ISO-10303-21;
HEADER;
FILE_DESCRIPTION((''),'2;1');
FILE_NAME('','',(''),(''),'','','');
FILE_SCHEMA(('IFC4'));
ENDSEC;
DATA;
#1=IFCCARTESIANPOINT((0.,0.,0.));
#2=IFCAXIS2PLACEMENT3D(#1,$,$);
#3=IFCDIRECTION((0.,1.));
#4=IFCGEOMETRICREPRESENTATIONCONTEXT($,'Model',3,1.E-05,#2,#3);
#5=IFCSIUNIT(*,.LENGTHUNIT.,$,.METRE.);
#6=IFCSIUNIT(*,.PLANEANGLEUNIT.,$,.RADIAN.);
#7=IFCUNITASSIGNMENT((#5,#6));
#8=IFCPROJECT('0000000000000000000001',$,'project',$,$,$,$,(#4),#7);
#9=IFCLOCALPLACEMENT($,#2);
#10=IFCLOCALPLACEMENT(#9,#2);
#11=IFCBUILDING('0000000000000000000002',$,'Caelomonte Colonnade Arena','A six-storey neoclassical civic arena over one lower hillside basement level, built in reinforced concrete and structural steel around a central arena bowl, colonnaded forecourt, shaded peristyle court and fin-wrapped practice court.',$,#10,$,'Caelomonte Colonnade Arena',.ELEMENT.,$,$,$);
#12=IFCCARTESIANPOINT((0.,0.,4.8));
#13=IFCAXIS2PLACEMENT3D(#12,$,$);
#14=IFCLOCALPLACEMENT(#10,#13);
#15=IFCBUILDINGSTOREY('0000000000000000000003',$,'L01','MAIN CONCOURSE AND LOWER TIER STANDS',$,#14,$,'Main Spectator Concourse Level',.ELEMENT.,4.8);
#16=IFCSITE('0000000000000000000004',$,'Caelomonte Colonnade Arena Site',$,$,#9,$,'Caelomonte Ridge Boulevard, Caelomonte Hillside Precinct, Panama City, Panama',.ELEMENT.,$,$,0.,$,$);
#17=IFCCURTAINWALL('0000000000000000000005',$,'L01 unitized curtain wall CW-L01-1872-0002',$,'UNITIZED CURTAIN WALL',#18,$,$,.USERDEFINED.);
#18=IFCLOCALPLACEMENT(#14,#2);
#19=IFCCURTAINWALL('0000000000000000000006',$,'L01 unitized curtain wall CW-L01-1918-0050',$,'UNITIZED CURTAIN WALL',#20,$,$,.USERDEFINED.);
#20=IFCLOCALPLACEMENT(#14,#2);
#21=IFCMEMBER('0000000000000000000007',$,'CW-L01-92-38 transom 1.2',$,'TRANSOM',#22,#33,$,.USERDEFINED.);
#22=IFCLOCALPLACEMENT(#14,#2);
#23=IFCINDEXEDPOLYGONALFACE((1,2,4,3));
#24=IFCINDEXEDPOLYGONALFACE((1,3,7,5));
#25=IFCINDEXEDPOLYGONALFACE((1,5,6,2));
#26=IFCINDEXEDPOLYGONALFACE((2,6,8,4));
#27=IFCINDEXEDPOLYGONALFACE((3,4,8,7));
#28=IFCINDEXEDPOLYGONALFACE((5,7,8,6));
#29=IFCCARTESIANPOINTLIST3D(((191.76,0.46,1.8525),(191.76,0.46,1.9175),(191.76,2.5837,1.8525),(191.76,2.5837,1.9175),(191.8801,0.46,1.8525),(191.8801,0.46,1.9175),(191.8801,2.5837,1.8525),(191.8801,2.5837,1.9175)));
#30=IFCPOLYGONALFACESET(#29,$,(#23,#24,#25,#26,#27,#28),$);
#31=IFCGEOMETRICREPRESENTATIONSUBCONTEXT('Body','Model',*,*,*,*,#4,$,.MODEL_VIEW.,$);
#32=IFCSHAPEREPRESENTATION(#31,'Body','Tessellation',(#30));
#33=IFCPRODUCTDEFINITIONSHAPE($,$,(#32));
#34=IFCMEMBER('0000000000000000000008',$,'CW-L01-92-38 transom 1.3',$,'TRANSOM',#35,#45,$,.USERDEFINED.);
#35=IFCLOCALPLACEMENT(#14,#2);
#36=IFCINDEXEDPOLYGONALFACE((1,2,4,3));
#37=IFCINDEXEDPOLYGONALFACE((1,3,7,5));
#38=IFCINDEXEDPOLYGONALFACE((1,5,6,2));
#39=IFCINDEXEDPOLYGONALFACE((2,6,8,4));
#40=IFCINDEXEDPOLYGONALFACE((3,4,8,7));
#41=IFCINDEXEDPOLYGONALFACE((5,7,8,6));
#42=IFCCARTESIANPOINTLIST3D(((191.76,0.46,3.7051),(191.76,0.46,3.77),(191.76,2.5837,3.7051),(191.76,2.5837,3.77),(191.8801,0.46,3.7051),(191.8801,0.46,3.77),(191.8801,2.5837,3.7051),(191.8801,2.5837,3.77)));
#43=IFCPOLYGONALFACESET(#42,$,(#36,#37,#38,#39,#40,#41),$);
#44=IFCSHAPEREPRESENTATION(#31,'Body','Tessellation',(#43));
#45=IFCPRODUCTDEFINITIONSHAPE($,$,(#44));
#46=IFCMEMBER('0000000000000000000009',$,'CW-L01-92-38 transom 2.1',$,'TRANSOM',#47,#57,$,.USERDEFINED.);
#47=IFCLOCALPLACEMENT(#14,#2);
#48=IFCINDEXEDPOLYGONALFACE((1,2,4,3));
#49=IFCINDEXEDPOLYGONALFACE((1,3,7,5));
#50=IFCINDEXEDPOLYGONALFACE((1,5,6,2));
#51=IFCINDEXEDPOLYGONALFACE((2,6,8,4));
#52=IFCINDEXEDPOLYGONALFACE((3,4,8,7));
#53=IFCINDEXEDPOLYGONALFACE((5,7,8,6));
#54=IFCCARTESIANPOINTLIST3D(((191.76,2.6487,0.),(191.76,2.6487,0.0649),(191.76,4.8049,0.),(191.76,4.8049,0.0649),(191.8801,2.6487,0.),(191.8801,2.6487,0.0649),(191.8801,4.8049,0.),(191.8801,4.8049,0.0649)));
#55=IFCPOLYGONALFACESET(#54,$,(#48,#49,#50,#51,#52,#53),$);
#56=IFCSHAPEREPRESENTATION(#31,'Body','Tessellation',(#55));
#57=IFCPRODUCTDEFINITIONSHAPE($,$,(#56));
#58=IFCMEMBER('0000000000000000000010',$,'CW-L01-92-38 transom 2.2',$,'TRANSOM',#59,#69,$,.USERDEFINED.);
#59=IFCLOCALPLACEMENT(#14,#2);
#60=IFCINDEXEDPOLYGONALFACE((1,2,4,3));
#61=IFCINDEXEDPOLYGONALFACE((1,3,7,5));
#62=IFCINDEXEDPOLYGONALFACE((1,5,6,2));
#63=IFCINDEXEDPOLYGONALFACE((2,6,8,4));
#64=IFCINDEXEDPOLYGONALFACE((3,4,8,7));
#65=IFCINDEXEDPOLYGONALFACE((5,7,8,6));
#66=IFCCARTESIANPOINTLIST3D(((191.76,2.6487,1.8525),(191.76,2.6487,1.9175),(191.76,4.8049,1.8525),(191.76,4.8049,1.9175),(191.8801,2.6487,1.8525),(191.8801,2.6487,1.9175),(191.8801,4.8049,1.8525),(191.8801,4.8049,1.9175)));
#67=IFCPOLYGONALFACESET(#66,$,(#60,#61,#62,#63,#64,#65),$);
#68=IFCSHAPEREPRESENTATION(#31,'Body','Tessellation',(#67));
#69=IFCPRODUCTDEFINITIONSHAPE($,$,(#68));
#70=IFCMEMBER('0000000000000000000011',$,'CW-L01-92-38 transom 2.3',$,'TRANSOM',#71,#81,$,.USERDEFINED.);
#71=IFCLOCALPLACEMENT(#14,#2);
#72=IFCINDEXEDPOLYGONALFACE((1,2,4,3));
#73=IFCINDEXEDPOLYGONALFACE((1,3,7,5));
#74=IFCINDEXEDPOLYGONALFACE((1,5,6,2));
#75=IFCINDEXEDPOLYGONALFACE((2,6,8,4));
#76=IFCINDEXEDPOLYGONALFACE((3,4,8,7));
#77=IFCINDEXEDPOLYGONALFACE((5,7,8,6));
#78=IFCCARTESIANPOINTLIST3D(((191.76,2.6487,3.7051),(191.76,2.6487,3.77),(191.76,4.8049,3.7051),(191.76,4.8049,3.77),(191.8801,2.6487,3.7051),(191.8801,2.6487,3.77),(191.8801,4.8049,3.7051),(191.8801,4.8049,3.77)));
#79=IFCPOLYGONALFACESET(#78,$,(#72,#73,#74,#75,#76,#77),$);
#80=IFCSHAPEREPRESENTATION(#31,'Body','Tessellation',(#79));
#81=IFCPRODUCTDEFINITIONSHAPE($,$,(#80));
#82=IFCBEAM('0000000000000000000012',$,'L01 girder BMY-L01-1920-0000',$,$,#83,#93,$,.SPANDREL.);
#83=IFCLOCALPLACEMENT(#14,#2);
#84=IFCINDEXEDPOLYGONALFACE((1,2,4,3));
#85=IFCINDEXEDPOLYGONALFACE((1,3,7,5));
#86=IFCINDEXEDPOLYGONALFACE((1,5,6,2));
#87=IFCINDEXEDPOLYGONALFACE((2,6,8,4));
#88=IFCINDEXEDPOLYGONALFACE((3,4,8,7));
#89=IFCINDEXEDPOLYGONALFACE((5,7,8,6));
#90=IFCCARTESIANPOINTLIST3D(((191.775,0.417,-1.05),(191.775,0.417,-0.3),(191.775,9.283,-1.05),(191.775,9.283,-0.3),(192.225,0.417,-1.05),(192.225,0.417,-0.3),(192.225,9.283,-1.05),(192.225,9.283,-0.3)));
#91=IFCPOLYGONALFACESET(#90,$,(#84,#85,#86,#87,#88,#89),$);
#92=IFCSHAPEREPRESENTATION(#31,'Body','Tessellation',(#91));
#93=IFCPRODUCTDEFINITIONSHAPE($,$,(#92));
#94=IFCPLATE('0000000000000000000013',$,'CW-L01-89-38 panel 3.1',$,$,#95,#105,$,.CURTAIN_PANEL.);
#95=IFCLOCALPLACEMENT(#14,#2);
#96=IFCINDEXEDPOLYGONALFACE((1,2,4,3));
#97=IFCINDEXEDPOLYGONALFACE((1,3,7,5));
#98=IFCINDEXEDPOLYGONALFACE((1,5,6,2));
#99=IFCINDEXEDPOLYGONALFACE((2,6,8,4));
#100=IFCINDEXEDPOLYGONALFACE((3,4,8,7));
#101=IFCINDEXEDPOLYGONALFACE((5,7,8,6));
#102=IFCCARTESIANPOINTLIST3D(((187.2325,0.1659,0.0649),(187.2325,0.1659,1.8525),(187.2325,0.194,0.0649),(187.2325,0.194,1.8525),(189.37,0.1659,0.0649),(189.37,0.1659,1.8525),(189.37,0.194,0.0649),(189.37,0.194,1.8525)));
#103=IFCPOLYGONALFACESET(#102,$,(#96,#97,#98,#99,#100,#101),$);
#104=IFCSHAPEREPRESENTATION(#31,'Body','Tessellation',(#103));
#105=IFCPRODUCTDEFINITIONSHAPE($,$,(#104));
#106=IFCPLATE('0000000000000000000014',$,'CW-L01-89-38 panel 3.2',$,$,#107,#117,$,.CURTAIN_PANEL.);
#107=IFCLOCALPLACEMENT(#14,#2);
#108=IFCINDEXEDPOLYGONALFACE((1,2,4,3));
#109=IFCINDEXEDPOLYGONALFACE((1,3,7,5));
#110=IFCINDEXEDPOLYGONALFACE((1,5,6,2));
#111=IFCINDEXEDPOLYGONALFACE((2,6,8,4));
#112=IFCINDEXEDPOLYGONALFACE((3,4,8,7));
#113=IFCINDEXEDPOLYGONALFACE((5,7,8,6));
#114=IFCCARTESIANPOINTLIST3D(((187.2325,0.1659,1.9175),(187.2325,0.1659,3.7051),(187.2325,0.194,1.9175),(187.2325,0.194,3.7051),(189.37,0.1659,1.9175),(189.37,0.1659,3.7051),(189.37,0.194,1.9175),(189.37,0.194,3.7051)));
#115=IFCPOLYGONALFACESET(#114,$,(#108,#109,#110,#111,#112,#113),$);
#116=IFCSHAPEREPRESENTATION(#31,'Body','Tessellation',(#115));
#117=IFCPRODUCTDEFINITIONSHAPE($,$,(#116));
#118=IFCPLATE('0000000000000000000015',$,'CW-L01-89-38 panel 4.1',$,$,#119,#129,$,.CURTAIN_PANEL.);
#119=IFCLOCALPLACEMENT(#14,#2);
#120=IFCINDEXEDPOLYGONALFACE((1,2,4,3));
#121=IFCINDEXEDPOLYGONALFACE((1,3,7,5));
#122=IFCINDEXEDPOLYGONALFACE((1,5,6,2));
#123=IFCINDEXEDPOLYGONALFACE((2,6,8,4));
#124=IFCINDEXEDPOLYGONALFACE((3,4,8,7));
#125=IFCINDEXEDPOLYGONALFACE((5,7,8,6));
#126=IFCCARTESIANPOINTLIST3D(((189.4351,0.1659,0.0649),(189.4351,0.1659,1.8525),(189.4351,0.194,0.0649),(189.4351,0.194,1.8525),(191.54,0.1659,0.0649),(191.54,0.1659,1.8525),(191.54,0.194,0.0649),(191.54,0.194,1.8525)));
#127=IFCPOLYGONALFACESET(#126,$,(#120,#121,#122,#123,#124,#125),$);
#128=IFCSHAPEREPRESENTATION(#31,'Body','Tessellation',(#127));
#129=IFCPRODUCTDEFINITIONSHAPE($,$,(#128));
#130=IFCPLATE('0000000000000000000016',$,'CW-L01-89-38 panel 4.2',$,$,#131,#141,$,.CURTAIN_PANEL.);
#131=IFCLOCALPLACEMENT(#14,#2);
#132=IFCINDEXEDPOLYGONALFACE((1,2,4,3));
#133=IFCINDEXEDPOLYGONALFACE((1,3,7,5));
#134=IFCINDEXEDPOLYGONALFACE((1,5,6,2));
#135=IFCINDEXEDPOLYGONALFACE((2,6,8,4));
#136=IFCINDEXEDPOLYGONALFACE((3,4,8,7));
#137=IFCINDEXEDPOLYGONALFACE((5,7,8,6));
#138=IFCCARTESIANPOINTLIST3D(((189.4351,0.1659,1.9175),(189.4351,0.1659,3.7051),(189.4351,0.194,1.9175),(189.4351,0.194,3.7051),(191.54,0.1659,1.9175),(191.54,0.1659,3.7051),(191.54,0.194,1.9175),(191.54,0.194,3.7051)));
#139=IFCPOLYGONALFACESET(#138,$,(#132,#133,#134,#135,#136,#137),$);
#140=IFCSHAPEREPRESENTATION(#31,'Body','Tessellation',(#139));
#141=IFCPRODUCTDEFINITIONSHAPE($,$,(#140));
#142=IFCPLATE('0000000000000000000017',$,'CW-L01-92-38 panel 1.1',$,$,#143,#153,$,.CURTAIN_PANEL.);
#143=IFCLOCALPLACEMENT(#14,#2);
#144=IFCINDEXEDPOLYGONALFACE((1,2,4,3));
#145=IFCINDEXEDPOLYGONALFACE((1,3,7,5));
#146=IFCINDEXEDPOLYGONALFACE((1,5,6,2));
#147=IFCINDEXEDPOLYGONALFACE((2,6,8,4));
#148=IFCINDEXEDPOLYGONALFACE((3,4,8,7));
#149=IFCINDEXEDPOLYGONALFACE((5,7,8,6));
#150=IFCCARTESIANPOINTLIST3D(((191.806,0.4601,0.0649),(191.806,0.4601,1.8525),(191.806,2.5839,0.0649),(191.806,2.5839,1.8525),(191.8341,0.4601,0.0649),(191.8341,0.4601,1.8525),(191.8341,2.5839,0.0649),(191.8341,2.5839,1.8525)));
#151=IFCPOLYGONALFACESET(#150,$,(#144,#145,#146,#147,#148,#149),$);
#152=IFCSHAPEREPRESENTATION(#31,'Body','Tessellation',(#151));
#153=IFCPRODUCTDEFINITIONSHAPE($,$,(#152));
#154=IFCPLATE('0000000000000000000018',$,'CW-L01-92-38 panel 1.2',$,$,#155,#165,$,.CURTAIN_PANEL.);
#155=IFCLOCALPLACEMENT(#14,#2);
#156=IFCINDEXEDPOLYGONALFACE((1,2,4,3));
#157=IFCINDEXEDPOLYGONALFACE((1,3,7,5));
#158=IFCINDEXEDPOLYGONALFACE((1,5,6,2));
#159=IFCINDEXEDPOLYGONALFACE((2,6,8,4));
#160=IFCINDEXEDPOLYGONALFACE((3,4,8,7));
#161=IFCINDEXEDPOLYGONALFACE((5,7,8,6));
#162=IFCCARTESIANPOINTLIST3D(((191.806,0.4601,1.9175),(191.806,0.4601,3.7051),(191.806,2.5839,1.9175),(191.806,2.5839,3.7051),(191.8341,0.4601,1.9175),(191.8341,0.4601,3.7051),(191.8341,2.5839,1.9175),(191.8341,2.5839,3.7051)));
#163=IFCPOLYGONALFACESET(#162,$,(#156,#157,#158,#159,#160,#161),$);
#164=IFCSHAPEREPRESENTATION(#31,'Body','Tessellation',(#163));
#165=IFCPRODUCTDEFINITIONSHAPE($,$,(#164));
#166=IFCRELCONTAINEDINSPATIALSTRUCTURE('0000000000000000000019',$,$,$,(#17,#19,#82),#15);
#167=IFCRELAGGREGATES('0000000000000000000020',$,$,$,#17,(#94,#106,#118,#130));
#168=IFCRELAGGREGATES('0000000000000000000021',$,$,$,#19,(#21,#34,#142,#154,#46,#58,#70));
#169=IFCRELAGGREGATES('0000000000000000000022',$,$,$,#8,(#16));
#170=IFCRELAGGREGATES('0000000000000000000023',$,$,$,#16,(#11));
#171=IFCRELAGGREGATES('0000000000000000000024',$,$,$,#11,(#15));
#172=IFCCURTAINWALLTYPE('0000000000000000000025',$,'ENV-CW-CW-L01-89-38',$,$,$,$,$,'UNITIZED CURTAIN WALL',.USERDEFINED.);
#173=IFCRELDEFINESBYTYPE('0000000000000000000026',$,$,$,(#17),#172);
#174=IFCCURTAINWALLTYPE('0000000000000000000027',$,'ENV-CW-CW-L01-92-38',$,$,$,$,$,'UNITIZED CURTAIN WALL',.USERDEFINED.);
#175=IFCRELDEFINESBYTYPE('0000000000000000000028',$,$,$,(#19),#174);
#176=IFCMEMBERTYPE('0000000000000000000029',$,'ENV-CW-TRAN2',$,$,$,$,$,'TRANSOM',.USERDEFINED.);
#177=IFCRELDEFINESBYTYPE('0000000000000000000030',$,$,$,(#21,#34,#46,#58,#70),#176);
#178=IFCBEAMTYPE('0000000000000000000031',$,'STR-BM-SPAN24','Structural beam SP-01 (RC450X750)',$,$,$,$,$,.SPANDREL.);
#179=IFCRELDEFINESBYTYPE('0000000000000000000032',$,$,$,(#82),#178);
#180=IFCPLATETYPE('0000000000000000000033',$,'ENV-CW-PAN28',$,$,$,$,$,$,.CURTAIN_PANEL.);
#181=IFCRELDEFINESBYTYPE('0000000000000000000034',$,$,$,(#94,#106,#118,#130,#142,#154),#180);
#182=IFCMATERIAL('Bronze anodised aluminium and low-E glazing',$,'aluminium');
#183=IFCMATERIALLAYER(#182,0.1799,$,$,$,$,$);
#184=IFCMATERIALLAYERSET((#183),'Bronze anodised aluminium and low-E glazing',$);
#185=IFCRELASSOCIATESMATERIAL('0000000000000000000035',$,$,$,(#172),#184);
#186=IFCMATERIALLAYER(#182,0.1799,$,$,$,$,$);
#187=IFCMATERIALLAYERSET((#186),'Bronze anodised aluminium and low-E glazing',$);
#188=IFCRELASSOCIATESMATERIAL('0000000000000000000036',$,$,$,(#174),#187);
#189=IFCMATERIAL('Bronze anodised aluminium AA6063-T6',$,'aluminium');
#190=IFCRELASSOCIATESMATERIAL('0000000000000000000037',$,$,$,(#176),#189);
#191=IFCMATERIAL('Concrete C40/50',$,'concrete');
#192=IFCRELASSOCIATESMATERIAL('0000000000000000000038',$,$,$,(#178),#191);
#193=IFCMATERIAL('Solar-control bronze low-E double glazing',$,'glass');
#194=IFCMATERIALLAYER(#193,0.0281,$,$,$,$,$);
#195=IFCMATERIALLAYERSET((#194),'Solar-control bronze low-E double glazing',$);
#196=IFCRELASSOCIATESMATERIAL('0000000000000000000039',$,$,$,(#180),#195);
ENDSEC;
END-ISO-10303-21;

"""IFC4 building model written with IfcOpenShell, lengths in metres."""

from ifc_helpers import new_model, si_unit, direction, frame, origin, origin_2d, place, context, subcontext, project, spatial, rectangle, extrude, material, layer, layer_set, material_profile, profile_set, type_object, element, aggregate, save


model = new_model("IFC4")

# Units and contexts
model_context = context("Model", 3, precision=1e-05, world=origin(), true_north=direction((0.0, 1.0)))
body_context = subcontext(model_context, "Body", "Model", "MODEL_VIEW")
ifc_project = project(units=[si_unit("LENGTHUNIT", "METRE"), si_unit("PLANEANGLEUNIT", "RADIAN")], contexts=[model_context])

# Site, building, storey
site_placement = place(None, origin())
site = spatial("IfcSite", under=ifc_project, at=site_placement, Name="Caelomonte Colonnade Arena Site", LongName="Caelomonte Ridge Boulevard, Caelomonte Hillside Precinct, Panama City, Panama", CompositionType="ELEMENT", RefElevation=0.0)
building_placement = place(site_placement, origin())
building = spatial("IfcBuilding", under=site, at=building_placement, Name="Caelomonte Colonnade Arena", Description="A six-storey neoclassical civic arena over one lower hillside basement level, built in reinforced concrete and structural steel around a central arena bowl, colonnaded forecourt, shaded peristyle court and fin-wrapped practice court.", LongName="Caelomonte Colonnade Arena", CompositionType="ELEMENT")
storey_placement = place(building_placement, frame((0.0, 0.0, 4.8)))
storey = spatial("IfcBuildingStorey", under=building, at=storey_placement, Name="L01", Description="MAIN CONCOURSE AND LOWER TIER STANDS", LongName="Main Spectator Concourse Level", CompositionType="ELEMENT", Elevation=4.8)

# Shared definitions
ifc_material_1 = material(Name="Concrete C40/50", Category="concrete")

# Curtain walls
ifc_material_2 = material(Name="Bronze anodised aluminium and low-E glazing", Category="aluminium")
ifc_layer_1 = layer(ifc_material_2, 0.1799)
ifc_layer_set_1 = layer_set([ifc_layer_1], Name="Bronze anodised aluminium and low-E glazing")
curtain_wall_type_1 = type_object("IfcCurtainWallType", Name="ENV-CW-CW-L01-89-38", ElementType="UNITIZED CURTAIN WALL", PredefinedType="USERDEFINED", material=ifc_layer_set_1)
curtain_wall_1_placement = place(storey_placement, origin())
curtain_wall_1 = element("IfcCurtainWall", 1, at=curtain_wall_1_placement, inside=storey, type_object=curtain_wall_type_1, Name="L01 unitized curtain wall CW-L01-1872-0002", ObjectType="UNITIZED CURTAIN WALL", PredefinedType="USERDEFINED")
ifc_material_3 = material(Name="Bronze anodised aluminium AA6063-T6", Category="aluminium")
ifc_layer_2 = layer(ifc_material_2, 0.1799)
ifc_layer_set_2 = layer_set([ifc_layer_2], Name="Bronze anodised aluminium and low-E glazing")
curtain_wall_type_2 = type_object("IfcCurtainWallType", Name="ENV-CW-CW-L01-92-38", ElementType="UNITIZED CURTAIN WALL", PredefinedType="USERDEFINED", material=ifc_layer_set_2)
curtain_wall_2_placement = place(storey_placement, origin())
curtain_wall_2 = element("IfcCurtainWall", 2, at=curtain_wall_2_placement, inside=storey, type_object=curtain_wall_type_2, Name="L01 unitized curtain wall CW-L01-1918-0050", ObjectType="UNITIZED CURTAIN WALL", PredefinedType="USERDEFINED")

# Members
ifc_material_profile_1 = material_profile(ifc_material_3, rectangle(XDim=0.0649, YDim=0.1201, at=origin_2d()), Name="CWT-65X120")
ifc_profile_set_1 = profile_set([ifc_material_profile_1], Name="Bronze anodised aluminium AA6063-T6")
member_type_1 = type_object("IfcMemberType", Name="ENV-CW-TRAN2", ElementType="TRANSOM", PredefinedType="USERDEFINED", material=ifc_profile_set_1)
member_1_placement = place(storey_placement, frame((191.8201, 0.46, 1.885), z_axis=(0.0, 1.0, 0.0), x_axis=(0.0, 0.0, 1.0)))
member_1 = element("IfcMember", 3, at=member_1_placement, type_object=member_type_1, Name="CW-L01-92-38 transom 1.2", ObjectType="TRANSOM", PredefinedType="USERDEFINED", context=body_context, shape_type="SweptSolid", body=[
    extrude(rectangle(XDim=0.0649, YDim=0.1201, at=origin_2d()), origin(), (0.0, 0.0, 1.0), 2.1238),
])
member_2_placement = place(storey_placement, frame((191.8201, 0.46, 3.7375), z_axis=(0.0, 1.0, 0.0), x_axis=(0.0, 0.0, 1.0)))
member_2 = element("IfcMember", 4, at=member_2_placement, type_object=member_type_1, Name="CW-L01-92-38 transom 1.3", ObjectType="TRANSOM", PredefinedType="USERDEFINED", context=body_context, shape_type="SweptSolid", body=[
    extrude(rectangle(XDim=0.0649, YDim=0.1201, at=origin_2d()), origin(), (0.0, 0.0, 1.0), 2.1238),
])
member_3_placement = place(storey_placement, frame((191.8201, 2.6487, 0.0325), z_axis=(0.0, 1.0, 0.0), x_axis=(0.0, 0.0, 1.0)))
member_3 = element("IfcMember", 5, at=member_3_placement, type_object=member_type_1, Name="CW-L01-92-38 transom 2.1", ObjectType="TRANSOM", PredefinedType="USERDEFINED", context=body_context, shape_type="SweptSolid", body=[
    extrude(rectangle(XDim=0.0649, YDim=0.1201, at=origin_2d()), origin(), (0.0, 0.0, 1.0), 2.1562),
])
member_4_placement = place(storey_placement, frame((191.8201, 2.6487, 1.885), z_axis=(0.0, 1.0, 0.0), x_axis=(0.0, 0.0, 1.0)))
member_4 = element("IfcMember", 6, at=member_4_placement, type_object=member_type_1, Name="CW-L01-92-38 transom 2.2", ObjectType="TRANSOM", PredefinedType="USERDEFINED", context=body_context, shape_type="SweptSolid", body=[
    extrude(rectangle(XDim=0.0649, YDim=0.1201, at=origin_2d()), origin(), (0.0, 0.0, 1.0), 2.1562),
])
member_5_placement = place(storey_placement, frame((191.8201, 2.6487, 3.7375), z_axis=(0.0, 1.0, 0.0), x_axis=(0.0, 0.0, 1.0)))
member_5 = element("IfcMember", 7, at=member_5_placement, type_object=member_type_1, Name="CW-L01-92-38 transom 2.3", ObjectType="TRANSOM", PredefinedType="USERDEFINED", context=body_context, shape_type="SweptSolid", body=[
    extrude(rectangle(XDim=0.0649, YDim=0.1201, at=origin_2d()), origin(), (0.0, 0.0, 1.0), 2.1562),
])

# Beam
ifc_material_profile_2 = material_profile(ifc_material_1, rectangle(XDim=0.45, YDim=0.75, at=origin_2d()), Name="RC450X750")
ifc_profile_set_2 = profile_set([ifc_material_profile_2], Name="Concrete C40/50")
beam_type = type_object("IfcBeamType", Name="STR-BM-SPAN24", Description="Structural beam SP-01 (RC450X750)", PredefinedType="SPANDREL", material=ifc_profile_set_2)
beam_placement = place(storey_placement, frame((192.0, 0.417, -0.675), z_axis=(0.0, 1.0, 0.0), x_axis=(-1.0, 0.0, 0.0)))
element("IfcBeam", 8, at=beam_placement, inside=storey, type_object=beam_type, Name="L01 girder BMY-L01-1920-0000", PredefinedType="SPANDREL", context=body_context, shape_type="SweptSolid", body=[
    extrude(rectangle(XDim=0.45, YDim=0.75, at=origin_2d()), origin(), (0.0, 0.0, 1.0), 8.866),
])

# Plates
ifc_material_4 = material(Name="Solar-control bronze low-E double glazing", Category="glass")
ifc_layer_3 = layer(ifc_material_4, 0.0281)
ifc_layer_set_3 = layer_set([ifc_layer_3], Name="Solar-control bronze low-E double glazing")
plate_type = type_object("IfcPlateType", Name="ENV-CW-PAN28", PredefinedType="CURTAIN_PANEL", material=ifc_layer_set_3)
plate_1_placement = place(storey_placement, frame((188.3013, 0.1799, 0.0649), z_axis=(0.0, 0.0, 1.0), x_axis=(1.0, 0.0, 0.0)))
plate_1 = element("IfcPlate", 9, at=plate_1_placement, type_object=plate_type, Name="CW-L01-89-38 panel 3.1", PredefinedType="CURTAIN_PANEL", context=body_context, shape_type="SweptSolid", body=[
    extrude(rectangle(XDim=2.1375, YDim=0.0281, at=origin_2d()), origin(), (0.0, 0.0, 1.0), 1.7876),
])
plate_2_placement = place(storey_placement, frame((188.3013, 0.1799, 1.9175), z_axis=(0.0, 0.0, 1.0), x_axis=(1.0, 0.0, 0.0)))
plate_2 = element("IfcPlate", 10, at=plate_2_placement, type_object=plate_type, Name="CW-L01-89-38 panel 3.2", PredefinedType="CURTAIN_PANEL", context=body_context, shape_type="SweptSolid", body=[
    extrude(rectangle(XDim=2.1375, YDim=0.0281, at=origin_2d()), origin(), (0.0, 0.0, 1.0), 1.7876),
])
plate_3_placement = place(storey_placement, frame((190.4875, 0.1799, 0.0649), z_axis=(0.0, 0.0, 1.0), x_axis=(1.0, 0.0, 0.0)))
plate_3 = element("IfcPlate", 11, at=plate_3_placement, type_object=plate_type, Name="CW-L01-89-38 panel 4.1", PredefinedType="CURTAIN_PANEL", context=body_context, shape_type="SweptSolid", body=[
    extrude(rectangle(XDim=2.105, YDim=0.0281, at=origin_2d()), origin(), (0.0, 0.0, 1.0), 1.7876),
])
plate_4_placement = place(storey_placement, frame((190.4875, 0.1799, 1.9175), z_axis=(0.0, 0.0, 1.0), x_axis=(1.0, 0.0, 0.0)))
plate_4 = element("IfcPlate", 12, at=plate_4_placement, type_object=plate_type, Name="CW-L01-89-38 panel 4.2", PredefinedType="CURTAIN_PANEL", context=body_context, shape_type="SweptSolid", body=[
    extrude(rectangle(XDim=2.105, YDim=0.0281, at=origin_2d()), origin(), (0.0, 0.0, 1.0), 1.7876),
])
aggregate(curtain_wall_1, [plate_1, plate_2, plate_3, plate_4])
plate_5_placement = place(storey_placement, frame((191.8201, 1.522, 0.0649), z_axis=(0.0, 0.0, 1.0), x_axis=(0.0, 1.0, 0.0)))
plate_5 = element("IfcPlate", 13, at=plate_5_placement, type_object=plate_type, Name="CW-L01-92-38 panel 1.1", PredefinedType="CURTAIN_PANEL", context=body_context, shape_type="SweptSolid", body=[
    extrude(rectangle(XDim=2.1238, YDim=0.0281, at=origin_2d()), origin(), (0.0, 0.0, 1.0), 1.7876),
])
plate_6_placement = place(storey_placement, frame((191.8201, 1.522, 1.9175), z_axis=(0.0, 0.0, 1.0), x_axis=(0.0, 1.0, 0.0)))
plate_6 = element("IfcPlate", 14, at=plate_6_placement, type_object=plate_type, Name="CW-L01-92-38 panel 1.2", PredefinedType="CURTAIN_PANEL", context=body_context, shape_type="SweptSolid", body=[
    extrude(rectangle(XDim=2.1238, YDim=0.0281, at=origin_2d()), origin(), (0.0, 0.0, 1.0), 1.7876),
])
aggregate(curtain_wall_2, [member_1, member_2, plate_5, plate_6, member_3, member_4, member_5])

save(model, "model.ifc")
